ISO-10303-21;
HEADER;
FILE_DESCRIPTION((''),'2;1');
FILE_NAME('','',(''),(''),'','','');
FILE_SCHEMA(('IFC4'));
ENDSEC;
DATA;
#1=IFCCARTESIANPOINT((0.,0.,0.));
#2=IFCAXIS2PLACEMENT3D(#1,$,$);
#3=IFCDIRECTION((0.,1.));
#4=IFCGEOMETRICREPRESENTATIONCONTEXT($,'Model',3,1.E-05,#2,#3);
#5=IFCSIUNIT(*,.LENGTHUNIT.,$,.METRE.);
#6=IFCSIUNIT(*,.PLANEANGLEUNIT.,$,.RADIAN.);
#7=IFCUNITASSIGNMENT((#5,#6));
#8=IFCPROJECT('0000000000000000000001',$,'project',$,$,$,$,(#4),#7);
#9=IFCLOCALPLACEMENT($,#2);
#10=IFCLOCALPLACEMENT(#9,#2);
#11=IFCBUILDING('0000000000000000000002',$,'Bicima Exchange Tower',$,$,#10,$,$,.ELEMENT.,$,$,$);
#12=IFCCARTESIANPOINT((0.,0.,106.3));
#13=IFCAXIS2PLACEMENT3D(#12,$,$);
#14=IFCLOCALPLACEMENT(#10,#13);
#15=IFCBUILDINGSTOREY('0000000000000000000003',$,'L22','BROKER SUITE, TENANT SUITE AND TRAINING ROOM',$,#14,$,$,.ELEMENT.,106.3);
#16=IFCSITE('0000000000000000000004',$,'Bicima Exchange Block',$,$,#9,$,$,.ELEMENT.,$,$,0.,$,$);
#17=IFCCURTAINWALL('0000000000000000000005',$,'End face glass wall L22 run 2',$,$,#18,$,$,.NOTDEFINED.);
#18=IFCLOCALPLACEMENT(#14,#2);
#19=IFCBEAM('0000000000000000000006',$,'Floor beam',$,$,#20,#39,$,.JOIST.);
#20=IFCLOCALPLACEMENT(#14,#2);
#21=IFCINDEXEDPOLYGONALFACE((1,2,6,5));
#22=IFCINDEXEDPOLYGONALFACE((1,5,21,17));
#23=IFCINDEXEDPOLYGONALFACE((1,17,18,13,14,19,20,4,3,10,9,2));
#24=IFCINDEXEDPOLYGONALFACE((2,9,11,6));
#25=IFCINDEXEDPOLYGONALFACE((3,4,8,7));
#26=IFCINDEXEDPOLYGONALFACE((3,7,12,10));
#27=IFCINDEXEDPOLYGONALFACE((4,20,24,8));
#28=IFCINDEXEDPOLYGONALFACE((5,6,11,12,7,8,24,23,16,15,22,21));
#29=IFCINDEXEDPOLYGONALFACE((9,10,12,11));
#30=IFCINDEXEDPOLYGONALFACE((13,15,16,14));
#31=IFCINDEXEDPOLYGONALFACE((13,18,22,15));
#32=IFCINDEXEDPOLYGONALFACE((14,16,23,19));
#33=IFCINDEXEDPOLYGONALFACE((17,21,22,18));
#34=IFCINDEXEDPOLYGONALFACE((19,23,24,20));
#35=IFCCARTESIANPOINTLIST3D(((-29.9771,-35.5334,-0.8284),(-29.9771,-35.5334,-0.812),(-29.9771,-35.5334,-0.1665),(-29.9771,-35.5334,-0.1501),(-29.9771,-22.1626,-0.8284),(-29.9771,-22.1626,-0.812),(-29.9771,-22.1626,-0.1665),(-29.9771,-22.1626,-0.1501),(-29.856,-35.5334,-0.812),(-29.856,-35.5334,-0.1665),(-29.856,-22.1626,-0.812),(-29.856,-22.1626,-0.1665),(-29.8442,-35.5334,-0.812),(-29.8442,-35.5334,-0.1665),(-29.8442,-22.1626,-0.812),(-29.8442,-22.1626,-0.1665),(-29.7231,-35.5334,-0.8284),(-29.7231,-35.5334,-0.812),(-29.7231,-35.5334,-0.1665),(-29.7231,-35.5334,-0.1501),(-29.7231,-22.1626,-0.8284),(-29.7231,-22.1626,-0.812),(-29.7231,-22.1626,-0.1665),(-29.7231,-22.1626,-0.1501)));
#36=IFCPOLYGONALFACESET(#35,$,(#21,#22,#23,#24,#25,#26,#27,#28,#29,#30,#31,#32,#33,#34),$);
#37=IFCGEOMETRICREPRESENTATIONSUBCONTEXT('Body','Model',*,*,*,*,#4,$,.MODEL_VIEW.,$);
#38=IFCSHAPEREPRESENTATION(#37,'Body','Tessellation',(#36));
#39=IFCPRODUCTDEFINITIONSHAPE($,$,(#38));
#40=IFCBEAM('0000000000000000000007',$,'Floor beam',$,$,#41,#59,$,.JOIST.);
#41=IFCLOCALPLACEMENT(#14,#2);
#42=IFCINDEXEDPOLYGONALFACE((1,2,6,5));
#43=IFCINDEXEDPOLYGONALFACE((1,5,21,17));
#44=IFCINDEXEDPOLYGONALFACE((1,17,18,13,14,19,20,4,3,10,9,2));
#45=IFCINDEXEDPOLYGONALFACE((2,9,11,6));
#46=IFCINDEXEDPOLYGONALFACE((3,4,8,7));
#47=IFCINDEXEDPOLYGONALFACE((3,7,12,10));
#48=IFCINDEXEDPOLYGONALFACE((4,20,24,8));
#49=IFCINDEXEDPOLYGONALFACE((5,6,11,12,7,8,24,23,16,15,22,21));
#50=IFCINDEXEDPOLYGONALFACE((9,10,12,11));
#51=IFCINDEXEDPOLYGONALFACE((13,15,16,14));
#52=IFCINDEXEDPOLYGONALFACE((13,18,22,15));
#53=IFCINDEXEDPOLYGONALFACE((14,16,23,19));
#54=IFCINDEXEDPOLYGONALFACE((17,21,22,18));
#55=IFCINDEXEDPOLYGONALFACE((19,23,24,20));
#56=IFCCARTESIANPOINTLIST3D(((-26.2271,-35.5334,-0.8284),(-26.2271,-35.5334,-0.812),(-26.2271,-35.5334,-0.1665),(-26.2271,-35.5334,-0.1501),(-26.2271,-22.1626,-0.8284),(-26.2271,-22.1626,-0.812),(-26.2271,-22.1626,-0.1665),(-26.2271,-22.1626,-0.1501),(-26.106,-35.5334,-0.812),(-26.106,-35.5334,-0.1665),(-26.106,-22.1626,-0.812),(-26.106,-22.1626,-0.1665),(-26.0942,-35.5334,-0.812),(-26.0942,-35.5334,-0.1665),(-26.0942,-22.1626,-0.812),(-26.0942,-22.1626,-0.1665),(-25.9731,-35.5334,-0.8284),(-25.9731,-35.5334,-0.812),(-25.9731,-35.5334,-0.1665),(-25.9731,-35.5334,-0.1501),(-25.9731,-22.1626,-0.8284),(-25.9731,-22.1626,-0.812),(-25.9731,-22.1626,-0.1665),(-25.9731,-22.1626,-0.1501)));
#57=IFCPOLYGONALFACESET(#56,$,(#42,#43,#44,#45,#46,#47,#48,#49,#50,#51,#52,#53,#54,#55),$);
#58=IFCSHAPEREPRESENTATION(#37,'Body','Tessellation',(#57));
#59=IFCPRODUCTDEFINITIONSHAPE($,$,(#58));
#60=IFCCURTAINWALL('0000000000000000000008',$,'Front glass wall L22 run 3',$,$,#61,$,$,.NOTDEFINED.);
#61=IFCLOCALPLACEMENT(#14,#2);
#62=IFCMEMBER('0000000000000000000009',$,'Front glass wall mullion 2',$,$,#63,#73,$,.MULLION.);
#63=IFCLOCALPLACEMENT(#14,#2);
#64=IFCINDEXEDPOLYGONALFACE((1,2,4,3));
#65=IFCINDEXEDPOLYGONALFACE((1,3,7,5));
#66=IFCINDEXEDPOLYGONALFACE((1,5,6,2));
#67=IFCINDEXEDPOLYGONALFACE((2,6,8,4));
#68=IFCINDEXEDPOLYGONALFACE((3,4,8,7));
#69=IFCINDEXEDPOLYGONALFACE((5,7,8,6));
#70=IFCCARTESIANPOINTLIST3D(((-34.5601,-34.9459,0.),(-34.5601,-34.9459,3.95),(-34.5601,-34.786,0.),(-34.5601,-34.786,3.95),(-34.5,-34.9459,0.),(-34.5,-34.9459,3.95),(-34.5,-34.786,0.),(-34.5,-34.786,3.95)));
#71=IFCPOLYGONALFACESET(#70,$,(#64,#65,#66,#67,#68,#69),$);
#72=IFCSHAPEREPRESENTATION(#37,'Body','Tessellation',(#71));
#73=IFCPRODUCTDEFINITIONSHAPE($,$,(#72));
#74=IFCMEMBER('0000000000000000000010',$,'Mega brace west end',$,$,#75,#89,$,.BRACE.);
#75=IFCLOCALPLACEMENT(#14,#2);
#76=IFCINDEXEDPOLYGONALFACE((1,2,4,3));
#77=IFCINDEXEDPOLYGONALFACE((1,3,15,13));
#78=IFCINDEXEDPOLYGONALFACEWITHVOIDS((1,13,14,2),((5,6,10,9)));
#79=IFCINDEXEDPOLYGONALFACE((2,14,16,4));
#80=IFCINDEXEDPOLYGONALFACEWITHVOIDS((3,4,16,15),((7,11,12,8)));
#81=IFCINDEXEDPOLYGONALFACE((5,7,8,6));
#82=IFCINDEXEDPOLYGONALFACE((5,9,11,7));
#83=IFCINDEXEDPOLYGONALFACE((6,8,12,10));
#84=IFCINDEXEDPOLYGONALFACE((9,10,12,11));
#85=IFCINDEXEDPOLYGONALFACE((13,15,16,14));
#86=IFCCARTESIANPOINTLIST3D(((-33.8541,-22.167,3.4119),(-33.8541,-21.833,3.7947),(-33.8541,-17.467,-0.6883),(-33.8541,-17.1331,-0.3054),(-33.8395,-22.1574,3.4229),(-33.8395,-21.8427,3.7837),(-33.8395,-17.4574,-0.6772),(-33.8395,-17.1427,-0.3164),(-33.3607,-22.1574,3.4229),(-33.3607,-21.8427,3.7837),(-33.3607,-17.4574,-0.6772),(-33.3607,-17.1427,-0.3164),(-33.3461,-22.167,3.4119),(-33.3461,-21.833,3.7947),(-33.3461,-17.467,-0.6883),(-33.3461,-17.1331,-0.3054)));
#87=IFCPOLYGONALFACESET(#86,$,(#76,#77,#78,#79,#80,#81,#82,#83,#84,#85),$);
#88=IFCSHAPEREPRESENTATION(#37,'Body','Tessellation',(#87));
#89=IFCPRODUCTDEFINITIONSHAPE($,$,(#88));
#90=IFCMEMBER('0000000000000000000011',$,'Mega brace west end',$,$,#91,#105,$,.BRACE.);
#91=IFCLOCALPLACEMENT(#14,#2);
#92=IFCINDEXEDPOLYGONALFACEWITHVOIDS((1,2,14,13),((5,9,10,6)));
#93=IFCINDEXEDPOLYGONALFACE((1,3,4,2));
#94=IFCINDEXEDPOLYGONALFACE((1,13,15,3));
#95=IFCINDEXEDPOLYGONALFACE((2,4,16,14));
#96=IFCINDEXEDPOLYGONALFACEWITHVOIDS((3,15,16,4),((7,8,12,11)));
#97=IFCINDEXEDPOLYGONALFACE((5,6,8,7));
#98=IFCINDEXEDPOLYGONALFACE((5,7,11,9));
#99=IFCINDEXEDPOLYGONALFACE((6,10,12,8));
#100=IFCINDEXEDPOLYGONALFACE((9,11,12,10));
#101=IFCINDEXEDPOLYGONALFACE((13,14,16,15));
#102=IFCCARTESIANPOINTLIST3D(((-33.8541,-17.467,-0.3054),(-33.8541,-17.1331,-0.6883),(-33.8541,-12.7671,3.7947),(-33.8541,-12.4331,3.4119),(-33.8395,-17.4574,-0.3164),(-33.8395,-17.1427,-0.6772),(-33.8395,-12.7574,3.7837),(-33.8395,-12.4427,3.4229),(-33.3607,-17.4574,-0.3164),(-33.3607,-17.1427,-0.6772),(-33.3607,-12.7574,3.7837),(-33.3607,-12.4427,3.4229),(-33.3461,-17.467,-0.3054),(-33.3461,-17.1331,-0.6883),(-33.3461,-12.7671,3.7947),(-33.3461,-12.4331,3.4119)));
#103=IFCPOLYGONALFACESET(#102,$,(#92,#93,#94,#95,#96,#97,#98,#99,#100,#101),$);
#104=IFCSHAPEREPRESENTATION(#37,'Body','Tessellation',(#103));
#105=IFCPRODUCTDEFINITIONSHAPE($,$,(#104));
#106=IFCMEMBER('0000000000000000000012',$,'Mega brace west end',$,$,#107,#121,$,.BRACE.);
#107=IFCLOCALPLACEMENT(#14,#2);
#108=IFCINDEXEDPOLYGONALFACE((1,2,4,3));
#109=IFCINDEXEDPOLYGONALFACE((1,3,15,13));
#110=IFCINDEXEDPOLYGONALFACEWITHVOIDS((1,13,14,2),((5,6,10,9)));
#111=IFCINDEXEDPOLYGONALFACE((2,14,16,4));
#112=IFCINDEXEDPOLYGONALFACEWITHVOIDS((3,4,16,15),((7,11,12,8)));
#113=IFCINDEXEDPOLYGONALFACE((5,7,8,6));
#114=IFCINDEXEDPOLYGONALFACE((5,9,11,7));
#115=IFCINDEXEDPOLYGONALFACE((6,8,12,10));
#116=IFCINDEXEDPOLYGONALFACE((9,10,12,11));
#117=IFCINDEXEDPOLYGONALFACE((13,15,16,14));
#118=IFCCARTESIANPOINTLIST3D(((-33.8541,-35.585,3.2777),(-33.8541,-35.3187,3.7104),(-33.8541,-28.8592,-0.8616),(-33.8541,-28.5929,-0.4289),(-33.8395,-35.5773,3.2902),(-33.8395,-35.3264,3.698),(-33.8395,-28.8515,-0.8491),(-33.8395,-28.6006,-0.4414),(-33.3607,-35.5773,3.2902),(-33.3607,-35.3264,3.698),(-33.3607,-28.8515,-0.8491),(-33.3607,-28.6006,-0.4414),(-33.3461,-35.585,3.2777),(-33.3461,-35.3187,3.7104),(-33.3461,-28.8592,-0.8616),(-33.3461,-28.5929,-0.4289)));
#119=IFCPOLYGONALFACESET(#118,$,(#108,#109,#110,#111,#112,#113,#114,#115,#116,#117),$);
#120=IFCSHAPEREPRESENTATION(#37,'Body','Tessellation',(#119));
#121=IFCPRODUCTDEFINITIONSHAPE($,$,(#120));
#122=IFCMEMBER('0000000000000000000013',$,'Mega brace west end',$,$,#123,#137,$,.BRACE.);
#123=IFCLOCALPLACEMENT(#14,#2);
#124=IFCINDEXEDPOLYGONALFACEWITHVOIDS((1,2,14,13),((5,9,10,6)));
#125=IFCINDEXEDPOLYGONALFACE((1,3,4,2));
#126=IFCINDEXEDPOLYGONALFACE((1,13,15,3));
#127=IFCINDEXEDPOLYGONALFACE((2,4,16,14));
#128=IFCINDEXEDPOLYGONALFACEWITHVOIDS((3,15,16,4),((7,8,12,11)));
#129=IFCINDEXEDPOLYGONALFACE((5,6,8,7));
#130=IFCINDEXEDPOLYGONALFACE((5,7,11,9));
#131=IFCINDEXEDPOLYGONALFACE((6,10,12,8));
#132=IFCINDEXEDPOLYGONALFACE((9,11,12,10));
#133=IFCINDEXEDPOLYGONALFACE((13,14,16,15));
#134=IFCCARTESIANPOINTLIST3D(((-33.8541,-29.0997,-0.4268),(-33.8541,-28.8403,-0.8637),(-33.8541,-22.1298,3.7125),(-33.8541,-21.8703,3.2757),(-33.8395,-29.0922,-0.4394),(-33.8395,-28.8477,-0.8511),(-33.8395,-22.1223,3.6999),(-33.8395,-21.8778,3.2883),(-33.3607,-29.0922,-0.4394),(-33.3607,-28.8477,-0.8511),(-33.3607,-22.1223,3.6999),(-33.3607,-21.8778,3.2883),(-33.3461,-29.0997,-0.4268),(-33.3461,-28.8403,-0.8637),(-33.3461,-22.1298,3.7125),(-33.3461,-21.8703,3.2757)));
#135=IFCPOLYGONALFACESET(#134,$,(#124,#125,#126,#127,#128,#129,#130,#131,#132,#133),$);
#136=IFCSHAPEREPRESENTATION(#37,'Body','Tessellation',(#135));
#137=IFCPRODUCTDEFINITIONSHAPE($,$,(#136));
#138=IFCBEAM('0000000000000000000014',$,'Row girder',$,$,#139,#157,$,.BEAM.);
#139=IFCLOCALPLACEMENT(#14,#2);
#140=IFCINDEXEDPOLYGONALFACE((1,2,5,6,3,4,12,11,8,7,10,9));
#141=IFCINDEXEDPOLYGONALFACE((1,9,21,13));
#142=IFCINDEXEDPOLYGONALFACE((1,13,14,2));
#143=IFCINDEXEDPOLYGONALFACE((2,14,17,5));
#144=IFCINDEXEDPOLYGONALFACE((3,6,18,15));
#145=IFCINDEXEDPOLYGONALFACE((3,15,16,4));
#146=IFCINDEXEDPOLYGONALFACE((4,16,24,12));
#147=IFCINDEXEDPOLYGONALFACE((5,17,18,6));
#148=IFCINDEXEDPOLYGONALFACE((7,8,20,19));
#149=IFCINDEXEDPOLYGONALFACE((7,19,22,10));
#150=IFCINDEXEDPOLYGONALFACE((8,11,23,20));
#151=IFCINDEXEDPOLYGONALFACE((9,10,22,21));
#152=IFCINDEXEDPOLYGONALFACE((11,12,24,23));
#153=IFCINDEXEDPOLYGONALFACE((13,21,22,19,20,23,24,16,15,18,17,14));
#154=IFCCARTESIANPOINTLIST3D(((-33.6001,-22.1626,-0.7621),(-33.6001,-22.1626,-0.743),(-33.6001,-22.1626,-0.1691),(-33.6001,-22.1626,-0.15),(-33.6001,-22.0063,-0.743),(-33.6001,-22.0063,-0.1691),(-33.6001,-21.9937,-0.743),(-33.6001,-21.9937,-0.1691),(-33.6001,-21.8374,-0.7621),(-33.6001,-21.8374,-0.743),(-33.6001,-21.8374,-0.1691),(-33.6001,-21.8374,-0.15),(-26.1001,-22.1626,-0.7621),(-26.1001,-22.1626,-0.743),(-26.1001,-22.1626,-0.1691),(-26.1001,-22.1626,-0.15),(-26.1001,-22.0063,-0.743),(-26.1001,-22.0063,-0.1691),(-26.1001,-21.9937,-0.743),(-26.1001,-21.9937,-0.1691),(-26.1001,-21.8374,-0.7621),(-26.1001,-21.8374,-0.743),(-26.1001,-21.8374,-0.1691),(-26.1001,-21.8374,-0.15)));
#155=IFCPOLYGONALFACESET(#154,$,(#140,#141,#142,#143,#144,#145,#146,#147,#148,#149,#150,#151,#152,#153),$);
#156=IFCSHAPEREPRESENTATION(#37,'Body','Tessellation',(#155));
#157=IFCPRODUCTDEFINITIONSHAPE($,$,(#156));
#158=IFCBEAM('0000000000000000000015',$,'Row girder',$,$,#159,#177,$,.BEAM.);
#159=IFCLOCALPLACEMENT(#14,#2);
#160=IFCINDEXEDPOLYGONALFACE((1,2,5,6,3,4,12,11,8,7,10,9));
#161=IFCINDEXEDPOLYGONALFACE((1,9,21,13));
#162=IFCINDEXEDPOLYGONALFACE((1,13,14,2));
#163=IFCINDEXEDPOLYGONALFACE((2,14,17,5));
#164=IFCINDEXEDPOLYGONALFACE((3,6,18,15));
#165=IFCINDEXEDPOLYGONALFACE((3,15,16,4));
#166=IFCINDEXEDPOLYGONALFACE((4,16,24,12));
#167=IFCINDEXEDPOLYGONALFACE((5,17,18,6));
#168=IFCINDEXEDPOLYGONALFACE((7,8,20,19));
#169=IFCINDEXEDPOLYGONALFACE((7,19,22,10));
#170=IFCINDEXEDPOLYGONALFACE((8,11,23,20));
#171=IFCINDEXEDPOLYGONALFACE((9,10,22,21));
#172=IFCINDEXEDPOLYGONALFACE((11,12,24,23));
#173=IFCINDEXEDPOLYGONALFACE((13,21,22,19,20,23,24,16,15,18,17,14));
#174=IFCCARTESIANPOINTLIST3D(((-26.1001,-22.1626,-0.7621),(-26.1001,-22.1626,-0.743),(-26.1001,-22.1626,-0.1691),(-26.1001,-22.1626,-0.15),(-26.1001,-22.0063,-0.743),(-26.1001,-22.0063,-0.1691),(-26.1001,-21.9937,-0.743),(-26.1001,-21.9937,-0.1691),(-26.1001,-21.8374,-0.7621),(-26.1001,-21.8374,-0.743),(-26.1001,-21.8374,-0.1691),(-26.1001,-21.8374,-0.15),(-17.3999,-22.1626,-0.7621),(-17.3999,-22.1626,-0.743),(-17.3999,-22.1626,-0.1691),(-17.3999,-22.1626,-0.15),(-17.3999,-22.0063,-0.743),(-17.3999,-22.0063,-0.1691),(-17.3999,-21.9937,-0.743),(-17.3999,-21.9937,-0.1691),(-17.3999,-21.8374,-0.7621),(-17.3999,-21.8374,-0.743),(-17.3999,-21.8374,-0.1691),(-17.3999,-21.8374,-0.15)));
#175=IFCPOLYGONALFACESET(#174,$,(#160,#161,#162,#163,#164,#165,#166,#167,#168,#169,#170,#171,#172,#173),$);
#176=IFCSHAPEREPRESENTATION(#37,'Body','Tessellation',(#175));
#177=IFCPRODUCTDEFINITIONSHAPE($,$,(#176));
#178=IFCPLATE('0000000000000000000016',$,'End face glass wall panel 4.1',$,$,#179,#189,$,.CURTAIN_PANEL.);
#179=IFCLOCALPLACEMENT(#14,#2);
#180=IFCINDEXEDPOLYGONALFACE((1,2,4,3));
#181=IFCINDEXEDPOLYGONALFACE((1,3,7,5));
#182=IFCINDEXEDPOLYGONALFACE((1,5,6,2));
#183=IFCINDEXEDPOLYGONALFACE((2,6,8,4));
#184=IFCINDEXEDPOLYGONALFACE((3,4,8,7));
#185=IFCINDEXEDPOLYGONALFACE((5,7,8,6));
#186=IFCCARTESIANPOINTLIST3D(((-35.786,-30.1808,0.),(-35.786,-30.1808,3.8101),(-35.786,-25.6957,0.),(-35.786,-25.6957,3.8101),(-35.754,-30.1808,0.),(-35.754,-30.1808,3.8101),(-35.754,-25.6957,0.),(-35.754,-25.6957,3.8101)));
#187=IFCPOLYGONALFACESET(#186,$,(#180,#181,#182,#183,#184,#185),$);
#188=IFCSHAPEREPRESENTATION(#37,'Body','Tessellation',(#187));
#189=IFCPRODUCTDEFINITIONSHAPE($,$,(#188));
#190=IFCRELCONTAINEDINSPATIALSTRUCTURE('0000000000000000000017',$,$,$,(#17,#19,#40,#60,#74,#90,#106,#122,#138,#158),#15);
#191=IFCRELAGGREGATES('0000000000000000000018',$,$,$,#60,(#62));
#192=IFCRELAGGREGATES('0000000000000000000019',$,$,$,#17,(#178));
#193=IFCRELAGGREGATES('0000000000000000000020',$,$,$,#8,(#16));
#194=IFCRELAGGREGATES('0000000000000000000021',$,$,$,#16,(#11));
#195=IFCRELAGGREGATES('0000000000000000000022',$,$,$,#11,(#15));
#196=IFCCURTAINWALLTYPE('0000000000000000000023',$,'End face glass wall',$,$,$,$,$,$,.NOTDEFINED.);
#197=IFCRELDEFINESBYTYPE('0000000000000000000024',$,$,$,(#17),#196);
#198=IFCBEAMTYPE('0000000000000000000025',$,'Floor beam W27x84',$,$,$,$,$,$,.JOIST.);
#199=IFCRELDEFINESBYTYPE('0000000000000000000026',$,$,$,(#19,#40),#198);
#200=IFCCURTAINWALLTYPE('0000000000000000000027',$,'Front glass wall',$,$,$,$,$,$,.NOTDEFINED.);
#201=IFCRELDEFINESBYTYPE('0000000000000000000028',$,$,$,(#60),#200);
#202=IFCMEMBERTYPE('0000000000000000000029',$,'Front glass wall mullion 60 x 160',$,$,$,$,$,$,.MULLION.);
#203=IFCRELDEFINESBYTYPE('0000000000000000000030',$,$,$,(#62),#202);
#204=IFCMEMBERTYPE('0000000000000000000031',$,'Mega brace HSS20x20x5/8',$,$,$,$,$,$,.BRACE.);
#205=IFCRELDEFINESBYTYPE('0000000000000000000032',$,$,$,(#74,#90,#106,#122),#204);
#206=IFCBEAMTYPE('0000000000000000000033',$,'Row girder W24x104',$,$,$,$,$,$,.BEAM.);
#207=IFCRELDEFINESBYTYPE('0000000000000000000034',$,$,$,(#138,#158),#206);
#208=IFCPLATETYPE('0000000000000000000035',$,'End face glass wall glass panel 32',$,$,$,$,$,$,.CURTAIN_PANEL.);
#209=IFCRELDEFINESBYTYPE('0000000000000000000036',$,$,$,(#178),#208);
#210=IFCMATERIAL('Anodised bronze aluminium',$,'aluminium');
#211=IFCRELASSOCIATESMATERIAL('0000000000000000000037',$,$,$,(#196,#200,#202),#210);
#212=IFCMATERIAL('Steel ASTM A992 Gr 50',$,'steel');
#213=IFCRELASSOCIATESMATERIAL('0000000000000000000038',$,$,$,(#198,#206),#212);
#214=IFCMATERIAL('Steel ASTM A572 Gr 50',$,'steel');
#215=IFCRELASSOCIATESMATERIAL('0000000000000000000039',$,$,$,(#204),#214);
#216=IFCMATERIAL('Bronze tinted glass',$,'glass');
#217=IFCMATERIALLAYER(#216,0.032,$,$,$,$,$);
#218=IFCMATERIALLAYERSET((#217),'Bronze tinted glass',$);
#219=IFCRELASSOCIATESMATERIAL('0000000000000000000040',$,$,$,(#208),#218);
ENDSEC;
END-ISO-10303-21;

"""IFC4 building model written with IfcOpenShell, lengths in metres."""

from ifc_helpers import new_model, si_unit, direction, frame, origin, origin_2d, place, context, subcontext, project, spatial, rectangle, hollow_rectangle, i_section, extrude, material, layer, layer_set, material_profile, profile_set, type_object, element, aggregate, save


model = new_model("IFC4")

# Units and contexts
model_context = context("Model", 3, precision=1e-05, world=origin(), true_north=direction((0.0, 1.0)))
body_context = subcontext(model_context, "Body", "Model", "MODEL_VIEW")
ifc_project = project(units=[si_unit("LENGTHUNIT", "METRE"), si_unit("PLANEANGLEUNIT", "RADIAN")], contexts=[model_context])

# Site, building, storey
site_placement = place(None, origin())
site = spatial("IfcSite", under=ifc_project, at=site_placement, Name="Bicima Exchange Block", CompositionType="ELEMENT", RefElevation=0.0)
building_placement = place(site_placement, origin())
building = spatial("IfcBuilding", under=site, at=building_placement, Name="Bicima Exchange Tower", CompositionType="ELEMENT")
storey_placement = place(building_placement, frame((0.0, 0.0, 106.3)))
storey = spatial("IfcBuildingStorey", under=building, at=storey_placement, Name="L22", Description="BROKER SUITE, TENANT SUITE AND TRAINING ROOM", CompositionType="ELEMENT", Elevation=106.3)

# Shared definitions
ifc_material_1 = material(Name="Steel ASTM A992 Gr 50", Category="steel")

# Curtain wall
ifc_material_2 = material(Name="Anodised bronze aluminium", Category="aluminium")
curtain_wall_type_1 = type_object("IfcCurtainWallType", Name="End face glass wall", PredefinedType="NOTDEFINED", material=ifc_material_2)
curtain_wall_1_placement = place(storey_placement, origin())
curtain_wall_1 = element("IfcCurtainWall", 1, at=curtain_wall_1_placement, inside=storey, type_object=curtain_wall_type_1, Name="End face glass wall L22 run 2", PredefinedType="NOTDEFINED")
ifc_material_profile_1 = material_profile(ifc_material_2, rectangle(XDim=0.1599, YDim=0.0601, at=origin_2d()))
ifc_profile_set_1 = profile_set([ifc_material_profile_1], Name="Anodised bronze aluminium")

# Beams
ifc_material_profile_2 = material_profile(ifc_material_1, i_section(OverallWidth=0.2539, OverallDepth=0.6782, WebThickness=0.0117, FlangeThickness=0.0164, at=origin_2d()))
ifc_profile_set_2 = profile_set([ifc_material_profile_2], Name="Steel ASTM A992 Gr 50")
beam_type_1 = type_object("IfcBeamType", Name="Floor beam W27x84", PredefinedType="JOIST", material=ifc_profile_set_2)
for number, where, z_axis, x_axis, name in (
    (2, (-29.8501, -22.1626, -0.4893), (0.0, -1.0, 0.0), (1.0, 0.0, 0.0), "Floor beam"),
    (3, (-26.1001, -22.1626, -0.4893), (0.0, -1.0, 0.0), (1.0, 0.0, 0.0), "Floor beam"),
):
    element("IfcBeam", number, at=place(storey_placement, frame(where, z_axis=z_axis, x_axis=x_axis)), inside=storey, type_object=beam_type_1, Name=name, PredefinedType="JOIST", context=body_context, shape_type="SweptSolid", body=[
        extrude(i_section(OverallWidth=0.2539, OverallDepth=0.6782, WebThickness=0.0117, FlangeThickness=0.0164, at=origin_2d()), origin(), (0.0, 0.0, 1.0), 13.3708),
    ])

# Curtain wall, member
curtain_wall_type_2 = type_object("IfcCurtainWallType", Name="Front glass wall", PredefinedType="NOTDEFINED", material=ifc_material_2)
curtain_wall_2_placement = place(storey_placement, origin())
curtain_wall_2 = element("IfcCurtainWall", 4, at=curtain_wall_2_placement, inside=storey, type_object=curtain_wall_type_2, Name="Front glass wall L22 run 3", PredefinedType="NOTDEFINED")
member_type_1 = type_object("IfcMemberType", Name="Front glass wall mullion 60 x 160", PredefinedType="MULLION", material=ifc_profile_set_1)
member_1_placement = place(storey_placement, frame((-34.53, -34.866, 0.0), z_axis=(0.0, 0.0, 1.0), x_axis=(0.0, 1.0, 0.0)))
member_1 = element("IfcMember", 5, at=member_1_placement, type_object=member_type_1, Name="Front glass wall mullion 2", PredefinedType="MULLION", context=body_context, shape_type="SweptSolid", body=[
    extrude(rectangle(XDim=0.1599, YDim=0.0601, at=origin_2d()), origin(), (0.0, 0.0, 1.0), 3.95),
])
aggregate(curtain_wall_2, [member_1])

# Members
ifc_material_3 = material(Name="Steel ASTM A572 Gr 50", Category="steel")
ifc_material_profile_3 = material_profile(ifc_material_3, hollow_rectangle(XDim=0.5081, YDim=0.5081, WallThickness=0.0146, at=origin_2d()))
ifc_profile_set_3 = profile_set([ifc_material_profile_3], Name="Steel ASTM A572 Gr 50")
member_type_2 = type_object("IfcMemberType", Name="Mega brace HSS20x20x5/8", PredefinedType="BRACE", material=ifc_profile_set_3)
for number, where, z_axis, x_axis, name in (
    (6, (-33.6001, -17.3, -0.4968), (0.0, -0.753558, 0.657382), (1.0, 0.0, 0.0), "Mega brace west end"),
    (7, (-33.6001, -17.3, -0.4968), (0.0, 0.753558, 0.657382), (-1.0, 0.0, 0.0), "Mega brace west end"),
):
    element("IfcMember", number, at=place(storey_placement, frame(where, z_axis=z_axis, x_axis=x_axis)), inside=storey, type_object=member_type_2, Name=name, PredefinedType="BRACE", context=body_context, shape_type="SweptSolid", body=[
        extrude(hollow_rectangle(XDim=0.5081, YDim=0.5081, WallThickness=0.0146, at=origin_2d()), origin(), (0.0, 0.0, 1.0), 6.2371),
    ])
member_2_placement = place(storey_placement, frame((-33.6001, -28.7261, -0.6453), z_axis=(0.0, -0.851634, 0.524137), x_axis=(1.0, 0.0, 0.0)))
element("IfcMember", 8, at=member_2_placement, inside=storey, type_object=member_type_2, Name="Mega brace west end", PredefinedType="BRACE", context=body_context, shape_type="SweptSolid", body=[
    extrude(hollow_rectangle(XDim=0.5081, YDim=0.5081, WallThickness=0.0146, at=origin_2d()), origin(), (0.0, 0.0, 1.0), 7.8975),
])
member_3_placement = place(storey_placement, frame((-33.6001, -28.97, -0.6453), z_axis=(0.0, 0.859801, 0.510629), x_axis=(-1.0, 0.0, 0.0)))
element("IfcMember", 9, at=member_3_placement, inside=storey, type_object=member_type_2, Name="Mega brace west end", PredefinedType="BRACE", context=body_context, shape_type="SweptSolid", body=[
    extrude(hollow_rectangle(XDim=0.5081, YDim=0.5081, WallThickness=0.0146, at=origin_2d()), origin(), (0.0, 0.0, 1.0), 8.1064),
])

# Beams
ifc_material_profile_4 = material_profile(ifc_material_1, i_section(OverallWidth=0.3252, OverallDepth=0.6121, WebThickness=0.0127, FlangeThickness=0.019, at=origin_2d()))
ifc_profile_set_4 = profile_set([ifc_material_profile_4], Name="Steel ASTM A992 Gr 50")
beam_type_2 = type_object("IfcBeamType", Name="Row girder W24x104", PredefinedType="BEAM", material=ifc_profile_set_4)
beam_1_placement = place(storey_placement, frame((-33.6001, -22.0, -0.4561), z_axis=(1.0, 0.0, 0.0), x_axis=(0.0, 1.0, 0.0)))
element("IfcBeam", 10, at=beam_1_placement, inside=storey, type_object=beam_type_2, Name="Row girder", PredefinedType="BEAM", context=body_context, shape_type="SweptSolid", body=[
    extrude(i_section(OverallWidth=0.3252, OverallDepth=0.6121, WebThickness=0.0127, FlangeThickness=0.019, at=origin_2d()), origin(), (0.0, 0.0, 1.0), 7.5),
])
beam_2_placement = place(storey_placement, frame((-26.1001, -22.0, -0.4561), z_axis=(1.0, 0.0, 0.0), x_axis=(0.0, 1.0, 0.0)))
element("IfcBeam", 11, at=beam_2_placement, inside=storey, type_object=beam_type_2, Name="Row girder", PredefinedType="BEAM", context=body_context, shape_type="SweptSolid", body=[
    extrude(i_section(OverallWidth=0.3252, OverallDepth=0.6121, WebThickness=0.0127, FlangeThickness=0.019, at=origin_2d()), origin(), (0.0, 0.0, 1.0), 8.7002),
])

# Plate
ifc_material_4 = material(Name="Bronze tinted glass", Category="glass")
ifc_layer_1 = layer(ifc_material_4, 0.032)
ifc_layer_set_1 = layer_set([ifc_layer_1], Name="Bronze tinted glass")
plate_type_1 = type_object("IfcPlateType", Name="End face glass wall glass panel 32", PredefinedType="CURTAIN_PANEL", material=ifc_layer_set_1)
plate_1_placement = place(storey_placement, frame((-35.77, -27.9382, 0.0), z_axis=(0.0, 0.0, 1.0), x_axis=(0.0, -1.0, 0.0)))
plate_1 = element("IfcPlate", 12, at=plate_1_placement, type_object=plate_type_1, Name="End face glass wall panel 4.1", PredefinedType="CURTAIN_PANEL", context=body_context, shape_type="SweptSolid", body=[
    extrude(rectangle(XDim=4.4851, YDim=0.032, at=origin_2d()), origin(), (0.0, 0.0, 1.0), 3.8101),
])
aggregate(curtain_wall_1, [plate_1])

save(model, "model.ifc")
